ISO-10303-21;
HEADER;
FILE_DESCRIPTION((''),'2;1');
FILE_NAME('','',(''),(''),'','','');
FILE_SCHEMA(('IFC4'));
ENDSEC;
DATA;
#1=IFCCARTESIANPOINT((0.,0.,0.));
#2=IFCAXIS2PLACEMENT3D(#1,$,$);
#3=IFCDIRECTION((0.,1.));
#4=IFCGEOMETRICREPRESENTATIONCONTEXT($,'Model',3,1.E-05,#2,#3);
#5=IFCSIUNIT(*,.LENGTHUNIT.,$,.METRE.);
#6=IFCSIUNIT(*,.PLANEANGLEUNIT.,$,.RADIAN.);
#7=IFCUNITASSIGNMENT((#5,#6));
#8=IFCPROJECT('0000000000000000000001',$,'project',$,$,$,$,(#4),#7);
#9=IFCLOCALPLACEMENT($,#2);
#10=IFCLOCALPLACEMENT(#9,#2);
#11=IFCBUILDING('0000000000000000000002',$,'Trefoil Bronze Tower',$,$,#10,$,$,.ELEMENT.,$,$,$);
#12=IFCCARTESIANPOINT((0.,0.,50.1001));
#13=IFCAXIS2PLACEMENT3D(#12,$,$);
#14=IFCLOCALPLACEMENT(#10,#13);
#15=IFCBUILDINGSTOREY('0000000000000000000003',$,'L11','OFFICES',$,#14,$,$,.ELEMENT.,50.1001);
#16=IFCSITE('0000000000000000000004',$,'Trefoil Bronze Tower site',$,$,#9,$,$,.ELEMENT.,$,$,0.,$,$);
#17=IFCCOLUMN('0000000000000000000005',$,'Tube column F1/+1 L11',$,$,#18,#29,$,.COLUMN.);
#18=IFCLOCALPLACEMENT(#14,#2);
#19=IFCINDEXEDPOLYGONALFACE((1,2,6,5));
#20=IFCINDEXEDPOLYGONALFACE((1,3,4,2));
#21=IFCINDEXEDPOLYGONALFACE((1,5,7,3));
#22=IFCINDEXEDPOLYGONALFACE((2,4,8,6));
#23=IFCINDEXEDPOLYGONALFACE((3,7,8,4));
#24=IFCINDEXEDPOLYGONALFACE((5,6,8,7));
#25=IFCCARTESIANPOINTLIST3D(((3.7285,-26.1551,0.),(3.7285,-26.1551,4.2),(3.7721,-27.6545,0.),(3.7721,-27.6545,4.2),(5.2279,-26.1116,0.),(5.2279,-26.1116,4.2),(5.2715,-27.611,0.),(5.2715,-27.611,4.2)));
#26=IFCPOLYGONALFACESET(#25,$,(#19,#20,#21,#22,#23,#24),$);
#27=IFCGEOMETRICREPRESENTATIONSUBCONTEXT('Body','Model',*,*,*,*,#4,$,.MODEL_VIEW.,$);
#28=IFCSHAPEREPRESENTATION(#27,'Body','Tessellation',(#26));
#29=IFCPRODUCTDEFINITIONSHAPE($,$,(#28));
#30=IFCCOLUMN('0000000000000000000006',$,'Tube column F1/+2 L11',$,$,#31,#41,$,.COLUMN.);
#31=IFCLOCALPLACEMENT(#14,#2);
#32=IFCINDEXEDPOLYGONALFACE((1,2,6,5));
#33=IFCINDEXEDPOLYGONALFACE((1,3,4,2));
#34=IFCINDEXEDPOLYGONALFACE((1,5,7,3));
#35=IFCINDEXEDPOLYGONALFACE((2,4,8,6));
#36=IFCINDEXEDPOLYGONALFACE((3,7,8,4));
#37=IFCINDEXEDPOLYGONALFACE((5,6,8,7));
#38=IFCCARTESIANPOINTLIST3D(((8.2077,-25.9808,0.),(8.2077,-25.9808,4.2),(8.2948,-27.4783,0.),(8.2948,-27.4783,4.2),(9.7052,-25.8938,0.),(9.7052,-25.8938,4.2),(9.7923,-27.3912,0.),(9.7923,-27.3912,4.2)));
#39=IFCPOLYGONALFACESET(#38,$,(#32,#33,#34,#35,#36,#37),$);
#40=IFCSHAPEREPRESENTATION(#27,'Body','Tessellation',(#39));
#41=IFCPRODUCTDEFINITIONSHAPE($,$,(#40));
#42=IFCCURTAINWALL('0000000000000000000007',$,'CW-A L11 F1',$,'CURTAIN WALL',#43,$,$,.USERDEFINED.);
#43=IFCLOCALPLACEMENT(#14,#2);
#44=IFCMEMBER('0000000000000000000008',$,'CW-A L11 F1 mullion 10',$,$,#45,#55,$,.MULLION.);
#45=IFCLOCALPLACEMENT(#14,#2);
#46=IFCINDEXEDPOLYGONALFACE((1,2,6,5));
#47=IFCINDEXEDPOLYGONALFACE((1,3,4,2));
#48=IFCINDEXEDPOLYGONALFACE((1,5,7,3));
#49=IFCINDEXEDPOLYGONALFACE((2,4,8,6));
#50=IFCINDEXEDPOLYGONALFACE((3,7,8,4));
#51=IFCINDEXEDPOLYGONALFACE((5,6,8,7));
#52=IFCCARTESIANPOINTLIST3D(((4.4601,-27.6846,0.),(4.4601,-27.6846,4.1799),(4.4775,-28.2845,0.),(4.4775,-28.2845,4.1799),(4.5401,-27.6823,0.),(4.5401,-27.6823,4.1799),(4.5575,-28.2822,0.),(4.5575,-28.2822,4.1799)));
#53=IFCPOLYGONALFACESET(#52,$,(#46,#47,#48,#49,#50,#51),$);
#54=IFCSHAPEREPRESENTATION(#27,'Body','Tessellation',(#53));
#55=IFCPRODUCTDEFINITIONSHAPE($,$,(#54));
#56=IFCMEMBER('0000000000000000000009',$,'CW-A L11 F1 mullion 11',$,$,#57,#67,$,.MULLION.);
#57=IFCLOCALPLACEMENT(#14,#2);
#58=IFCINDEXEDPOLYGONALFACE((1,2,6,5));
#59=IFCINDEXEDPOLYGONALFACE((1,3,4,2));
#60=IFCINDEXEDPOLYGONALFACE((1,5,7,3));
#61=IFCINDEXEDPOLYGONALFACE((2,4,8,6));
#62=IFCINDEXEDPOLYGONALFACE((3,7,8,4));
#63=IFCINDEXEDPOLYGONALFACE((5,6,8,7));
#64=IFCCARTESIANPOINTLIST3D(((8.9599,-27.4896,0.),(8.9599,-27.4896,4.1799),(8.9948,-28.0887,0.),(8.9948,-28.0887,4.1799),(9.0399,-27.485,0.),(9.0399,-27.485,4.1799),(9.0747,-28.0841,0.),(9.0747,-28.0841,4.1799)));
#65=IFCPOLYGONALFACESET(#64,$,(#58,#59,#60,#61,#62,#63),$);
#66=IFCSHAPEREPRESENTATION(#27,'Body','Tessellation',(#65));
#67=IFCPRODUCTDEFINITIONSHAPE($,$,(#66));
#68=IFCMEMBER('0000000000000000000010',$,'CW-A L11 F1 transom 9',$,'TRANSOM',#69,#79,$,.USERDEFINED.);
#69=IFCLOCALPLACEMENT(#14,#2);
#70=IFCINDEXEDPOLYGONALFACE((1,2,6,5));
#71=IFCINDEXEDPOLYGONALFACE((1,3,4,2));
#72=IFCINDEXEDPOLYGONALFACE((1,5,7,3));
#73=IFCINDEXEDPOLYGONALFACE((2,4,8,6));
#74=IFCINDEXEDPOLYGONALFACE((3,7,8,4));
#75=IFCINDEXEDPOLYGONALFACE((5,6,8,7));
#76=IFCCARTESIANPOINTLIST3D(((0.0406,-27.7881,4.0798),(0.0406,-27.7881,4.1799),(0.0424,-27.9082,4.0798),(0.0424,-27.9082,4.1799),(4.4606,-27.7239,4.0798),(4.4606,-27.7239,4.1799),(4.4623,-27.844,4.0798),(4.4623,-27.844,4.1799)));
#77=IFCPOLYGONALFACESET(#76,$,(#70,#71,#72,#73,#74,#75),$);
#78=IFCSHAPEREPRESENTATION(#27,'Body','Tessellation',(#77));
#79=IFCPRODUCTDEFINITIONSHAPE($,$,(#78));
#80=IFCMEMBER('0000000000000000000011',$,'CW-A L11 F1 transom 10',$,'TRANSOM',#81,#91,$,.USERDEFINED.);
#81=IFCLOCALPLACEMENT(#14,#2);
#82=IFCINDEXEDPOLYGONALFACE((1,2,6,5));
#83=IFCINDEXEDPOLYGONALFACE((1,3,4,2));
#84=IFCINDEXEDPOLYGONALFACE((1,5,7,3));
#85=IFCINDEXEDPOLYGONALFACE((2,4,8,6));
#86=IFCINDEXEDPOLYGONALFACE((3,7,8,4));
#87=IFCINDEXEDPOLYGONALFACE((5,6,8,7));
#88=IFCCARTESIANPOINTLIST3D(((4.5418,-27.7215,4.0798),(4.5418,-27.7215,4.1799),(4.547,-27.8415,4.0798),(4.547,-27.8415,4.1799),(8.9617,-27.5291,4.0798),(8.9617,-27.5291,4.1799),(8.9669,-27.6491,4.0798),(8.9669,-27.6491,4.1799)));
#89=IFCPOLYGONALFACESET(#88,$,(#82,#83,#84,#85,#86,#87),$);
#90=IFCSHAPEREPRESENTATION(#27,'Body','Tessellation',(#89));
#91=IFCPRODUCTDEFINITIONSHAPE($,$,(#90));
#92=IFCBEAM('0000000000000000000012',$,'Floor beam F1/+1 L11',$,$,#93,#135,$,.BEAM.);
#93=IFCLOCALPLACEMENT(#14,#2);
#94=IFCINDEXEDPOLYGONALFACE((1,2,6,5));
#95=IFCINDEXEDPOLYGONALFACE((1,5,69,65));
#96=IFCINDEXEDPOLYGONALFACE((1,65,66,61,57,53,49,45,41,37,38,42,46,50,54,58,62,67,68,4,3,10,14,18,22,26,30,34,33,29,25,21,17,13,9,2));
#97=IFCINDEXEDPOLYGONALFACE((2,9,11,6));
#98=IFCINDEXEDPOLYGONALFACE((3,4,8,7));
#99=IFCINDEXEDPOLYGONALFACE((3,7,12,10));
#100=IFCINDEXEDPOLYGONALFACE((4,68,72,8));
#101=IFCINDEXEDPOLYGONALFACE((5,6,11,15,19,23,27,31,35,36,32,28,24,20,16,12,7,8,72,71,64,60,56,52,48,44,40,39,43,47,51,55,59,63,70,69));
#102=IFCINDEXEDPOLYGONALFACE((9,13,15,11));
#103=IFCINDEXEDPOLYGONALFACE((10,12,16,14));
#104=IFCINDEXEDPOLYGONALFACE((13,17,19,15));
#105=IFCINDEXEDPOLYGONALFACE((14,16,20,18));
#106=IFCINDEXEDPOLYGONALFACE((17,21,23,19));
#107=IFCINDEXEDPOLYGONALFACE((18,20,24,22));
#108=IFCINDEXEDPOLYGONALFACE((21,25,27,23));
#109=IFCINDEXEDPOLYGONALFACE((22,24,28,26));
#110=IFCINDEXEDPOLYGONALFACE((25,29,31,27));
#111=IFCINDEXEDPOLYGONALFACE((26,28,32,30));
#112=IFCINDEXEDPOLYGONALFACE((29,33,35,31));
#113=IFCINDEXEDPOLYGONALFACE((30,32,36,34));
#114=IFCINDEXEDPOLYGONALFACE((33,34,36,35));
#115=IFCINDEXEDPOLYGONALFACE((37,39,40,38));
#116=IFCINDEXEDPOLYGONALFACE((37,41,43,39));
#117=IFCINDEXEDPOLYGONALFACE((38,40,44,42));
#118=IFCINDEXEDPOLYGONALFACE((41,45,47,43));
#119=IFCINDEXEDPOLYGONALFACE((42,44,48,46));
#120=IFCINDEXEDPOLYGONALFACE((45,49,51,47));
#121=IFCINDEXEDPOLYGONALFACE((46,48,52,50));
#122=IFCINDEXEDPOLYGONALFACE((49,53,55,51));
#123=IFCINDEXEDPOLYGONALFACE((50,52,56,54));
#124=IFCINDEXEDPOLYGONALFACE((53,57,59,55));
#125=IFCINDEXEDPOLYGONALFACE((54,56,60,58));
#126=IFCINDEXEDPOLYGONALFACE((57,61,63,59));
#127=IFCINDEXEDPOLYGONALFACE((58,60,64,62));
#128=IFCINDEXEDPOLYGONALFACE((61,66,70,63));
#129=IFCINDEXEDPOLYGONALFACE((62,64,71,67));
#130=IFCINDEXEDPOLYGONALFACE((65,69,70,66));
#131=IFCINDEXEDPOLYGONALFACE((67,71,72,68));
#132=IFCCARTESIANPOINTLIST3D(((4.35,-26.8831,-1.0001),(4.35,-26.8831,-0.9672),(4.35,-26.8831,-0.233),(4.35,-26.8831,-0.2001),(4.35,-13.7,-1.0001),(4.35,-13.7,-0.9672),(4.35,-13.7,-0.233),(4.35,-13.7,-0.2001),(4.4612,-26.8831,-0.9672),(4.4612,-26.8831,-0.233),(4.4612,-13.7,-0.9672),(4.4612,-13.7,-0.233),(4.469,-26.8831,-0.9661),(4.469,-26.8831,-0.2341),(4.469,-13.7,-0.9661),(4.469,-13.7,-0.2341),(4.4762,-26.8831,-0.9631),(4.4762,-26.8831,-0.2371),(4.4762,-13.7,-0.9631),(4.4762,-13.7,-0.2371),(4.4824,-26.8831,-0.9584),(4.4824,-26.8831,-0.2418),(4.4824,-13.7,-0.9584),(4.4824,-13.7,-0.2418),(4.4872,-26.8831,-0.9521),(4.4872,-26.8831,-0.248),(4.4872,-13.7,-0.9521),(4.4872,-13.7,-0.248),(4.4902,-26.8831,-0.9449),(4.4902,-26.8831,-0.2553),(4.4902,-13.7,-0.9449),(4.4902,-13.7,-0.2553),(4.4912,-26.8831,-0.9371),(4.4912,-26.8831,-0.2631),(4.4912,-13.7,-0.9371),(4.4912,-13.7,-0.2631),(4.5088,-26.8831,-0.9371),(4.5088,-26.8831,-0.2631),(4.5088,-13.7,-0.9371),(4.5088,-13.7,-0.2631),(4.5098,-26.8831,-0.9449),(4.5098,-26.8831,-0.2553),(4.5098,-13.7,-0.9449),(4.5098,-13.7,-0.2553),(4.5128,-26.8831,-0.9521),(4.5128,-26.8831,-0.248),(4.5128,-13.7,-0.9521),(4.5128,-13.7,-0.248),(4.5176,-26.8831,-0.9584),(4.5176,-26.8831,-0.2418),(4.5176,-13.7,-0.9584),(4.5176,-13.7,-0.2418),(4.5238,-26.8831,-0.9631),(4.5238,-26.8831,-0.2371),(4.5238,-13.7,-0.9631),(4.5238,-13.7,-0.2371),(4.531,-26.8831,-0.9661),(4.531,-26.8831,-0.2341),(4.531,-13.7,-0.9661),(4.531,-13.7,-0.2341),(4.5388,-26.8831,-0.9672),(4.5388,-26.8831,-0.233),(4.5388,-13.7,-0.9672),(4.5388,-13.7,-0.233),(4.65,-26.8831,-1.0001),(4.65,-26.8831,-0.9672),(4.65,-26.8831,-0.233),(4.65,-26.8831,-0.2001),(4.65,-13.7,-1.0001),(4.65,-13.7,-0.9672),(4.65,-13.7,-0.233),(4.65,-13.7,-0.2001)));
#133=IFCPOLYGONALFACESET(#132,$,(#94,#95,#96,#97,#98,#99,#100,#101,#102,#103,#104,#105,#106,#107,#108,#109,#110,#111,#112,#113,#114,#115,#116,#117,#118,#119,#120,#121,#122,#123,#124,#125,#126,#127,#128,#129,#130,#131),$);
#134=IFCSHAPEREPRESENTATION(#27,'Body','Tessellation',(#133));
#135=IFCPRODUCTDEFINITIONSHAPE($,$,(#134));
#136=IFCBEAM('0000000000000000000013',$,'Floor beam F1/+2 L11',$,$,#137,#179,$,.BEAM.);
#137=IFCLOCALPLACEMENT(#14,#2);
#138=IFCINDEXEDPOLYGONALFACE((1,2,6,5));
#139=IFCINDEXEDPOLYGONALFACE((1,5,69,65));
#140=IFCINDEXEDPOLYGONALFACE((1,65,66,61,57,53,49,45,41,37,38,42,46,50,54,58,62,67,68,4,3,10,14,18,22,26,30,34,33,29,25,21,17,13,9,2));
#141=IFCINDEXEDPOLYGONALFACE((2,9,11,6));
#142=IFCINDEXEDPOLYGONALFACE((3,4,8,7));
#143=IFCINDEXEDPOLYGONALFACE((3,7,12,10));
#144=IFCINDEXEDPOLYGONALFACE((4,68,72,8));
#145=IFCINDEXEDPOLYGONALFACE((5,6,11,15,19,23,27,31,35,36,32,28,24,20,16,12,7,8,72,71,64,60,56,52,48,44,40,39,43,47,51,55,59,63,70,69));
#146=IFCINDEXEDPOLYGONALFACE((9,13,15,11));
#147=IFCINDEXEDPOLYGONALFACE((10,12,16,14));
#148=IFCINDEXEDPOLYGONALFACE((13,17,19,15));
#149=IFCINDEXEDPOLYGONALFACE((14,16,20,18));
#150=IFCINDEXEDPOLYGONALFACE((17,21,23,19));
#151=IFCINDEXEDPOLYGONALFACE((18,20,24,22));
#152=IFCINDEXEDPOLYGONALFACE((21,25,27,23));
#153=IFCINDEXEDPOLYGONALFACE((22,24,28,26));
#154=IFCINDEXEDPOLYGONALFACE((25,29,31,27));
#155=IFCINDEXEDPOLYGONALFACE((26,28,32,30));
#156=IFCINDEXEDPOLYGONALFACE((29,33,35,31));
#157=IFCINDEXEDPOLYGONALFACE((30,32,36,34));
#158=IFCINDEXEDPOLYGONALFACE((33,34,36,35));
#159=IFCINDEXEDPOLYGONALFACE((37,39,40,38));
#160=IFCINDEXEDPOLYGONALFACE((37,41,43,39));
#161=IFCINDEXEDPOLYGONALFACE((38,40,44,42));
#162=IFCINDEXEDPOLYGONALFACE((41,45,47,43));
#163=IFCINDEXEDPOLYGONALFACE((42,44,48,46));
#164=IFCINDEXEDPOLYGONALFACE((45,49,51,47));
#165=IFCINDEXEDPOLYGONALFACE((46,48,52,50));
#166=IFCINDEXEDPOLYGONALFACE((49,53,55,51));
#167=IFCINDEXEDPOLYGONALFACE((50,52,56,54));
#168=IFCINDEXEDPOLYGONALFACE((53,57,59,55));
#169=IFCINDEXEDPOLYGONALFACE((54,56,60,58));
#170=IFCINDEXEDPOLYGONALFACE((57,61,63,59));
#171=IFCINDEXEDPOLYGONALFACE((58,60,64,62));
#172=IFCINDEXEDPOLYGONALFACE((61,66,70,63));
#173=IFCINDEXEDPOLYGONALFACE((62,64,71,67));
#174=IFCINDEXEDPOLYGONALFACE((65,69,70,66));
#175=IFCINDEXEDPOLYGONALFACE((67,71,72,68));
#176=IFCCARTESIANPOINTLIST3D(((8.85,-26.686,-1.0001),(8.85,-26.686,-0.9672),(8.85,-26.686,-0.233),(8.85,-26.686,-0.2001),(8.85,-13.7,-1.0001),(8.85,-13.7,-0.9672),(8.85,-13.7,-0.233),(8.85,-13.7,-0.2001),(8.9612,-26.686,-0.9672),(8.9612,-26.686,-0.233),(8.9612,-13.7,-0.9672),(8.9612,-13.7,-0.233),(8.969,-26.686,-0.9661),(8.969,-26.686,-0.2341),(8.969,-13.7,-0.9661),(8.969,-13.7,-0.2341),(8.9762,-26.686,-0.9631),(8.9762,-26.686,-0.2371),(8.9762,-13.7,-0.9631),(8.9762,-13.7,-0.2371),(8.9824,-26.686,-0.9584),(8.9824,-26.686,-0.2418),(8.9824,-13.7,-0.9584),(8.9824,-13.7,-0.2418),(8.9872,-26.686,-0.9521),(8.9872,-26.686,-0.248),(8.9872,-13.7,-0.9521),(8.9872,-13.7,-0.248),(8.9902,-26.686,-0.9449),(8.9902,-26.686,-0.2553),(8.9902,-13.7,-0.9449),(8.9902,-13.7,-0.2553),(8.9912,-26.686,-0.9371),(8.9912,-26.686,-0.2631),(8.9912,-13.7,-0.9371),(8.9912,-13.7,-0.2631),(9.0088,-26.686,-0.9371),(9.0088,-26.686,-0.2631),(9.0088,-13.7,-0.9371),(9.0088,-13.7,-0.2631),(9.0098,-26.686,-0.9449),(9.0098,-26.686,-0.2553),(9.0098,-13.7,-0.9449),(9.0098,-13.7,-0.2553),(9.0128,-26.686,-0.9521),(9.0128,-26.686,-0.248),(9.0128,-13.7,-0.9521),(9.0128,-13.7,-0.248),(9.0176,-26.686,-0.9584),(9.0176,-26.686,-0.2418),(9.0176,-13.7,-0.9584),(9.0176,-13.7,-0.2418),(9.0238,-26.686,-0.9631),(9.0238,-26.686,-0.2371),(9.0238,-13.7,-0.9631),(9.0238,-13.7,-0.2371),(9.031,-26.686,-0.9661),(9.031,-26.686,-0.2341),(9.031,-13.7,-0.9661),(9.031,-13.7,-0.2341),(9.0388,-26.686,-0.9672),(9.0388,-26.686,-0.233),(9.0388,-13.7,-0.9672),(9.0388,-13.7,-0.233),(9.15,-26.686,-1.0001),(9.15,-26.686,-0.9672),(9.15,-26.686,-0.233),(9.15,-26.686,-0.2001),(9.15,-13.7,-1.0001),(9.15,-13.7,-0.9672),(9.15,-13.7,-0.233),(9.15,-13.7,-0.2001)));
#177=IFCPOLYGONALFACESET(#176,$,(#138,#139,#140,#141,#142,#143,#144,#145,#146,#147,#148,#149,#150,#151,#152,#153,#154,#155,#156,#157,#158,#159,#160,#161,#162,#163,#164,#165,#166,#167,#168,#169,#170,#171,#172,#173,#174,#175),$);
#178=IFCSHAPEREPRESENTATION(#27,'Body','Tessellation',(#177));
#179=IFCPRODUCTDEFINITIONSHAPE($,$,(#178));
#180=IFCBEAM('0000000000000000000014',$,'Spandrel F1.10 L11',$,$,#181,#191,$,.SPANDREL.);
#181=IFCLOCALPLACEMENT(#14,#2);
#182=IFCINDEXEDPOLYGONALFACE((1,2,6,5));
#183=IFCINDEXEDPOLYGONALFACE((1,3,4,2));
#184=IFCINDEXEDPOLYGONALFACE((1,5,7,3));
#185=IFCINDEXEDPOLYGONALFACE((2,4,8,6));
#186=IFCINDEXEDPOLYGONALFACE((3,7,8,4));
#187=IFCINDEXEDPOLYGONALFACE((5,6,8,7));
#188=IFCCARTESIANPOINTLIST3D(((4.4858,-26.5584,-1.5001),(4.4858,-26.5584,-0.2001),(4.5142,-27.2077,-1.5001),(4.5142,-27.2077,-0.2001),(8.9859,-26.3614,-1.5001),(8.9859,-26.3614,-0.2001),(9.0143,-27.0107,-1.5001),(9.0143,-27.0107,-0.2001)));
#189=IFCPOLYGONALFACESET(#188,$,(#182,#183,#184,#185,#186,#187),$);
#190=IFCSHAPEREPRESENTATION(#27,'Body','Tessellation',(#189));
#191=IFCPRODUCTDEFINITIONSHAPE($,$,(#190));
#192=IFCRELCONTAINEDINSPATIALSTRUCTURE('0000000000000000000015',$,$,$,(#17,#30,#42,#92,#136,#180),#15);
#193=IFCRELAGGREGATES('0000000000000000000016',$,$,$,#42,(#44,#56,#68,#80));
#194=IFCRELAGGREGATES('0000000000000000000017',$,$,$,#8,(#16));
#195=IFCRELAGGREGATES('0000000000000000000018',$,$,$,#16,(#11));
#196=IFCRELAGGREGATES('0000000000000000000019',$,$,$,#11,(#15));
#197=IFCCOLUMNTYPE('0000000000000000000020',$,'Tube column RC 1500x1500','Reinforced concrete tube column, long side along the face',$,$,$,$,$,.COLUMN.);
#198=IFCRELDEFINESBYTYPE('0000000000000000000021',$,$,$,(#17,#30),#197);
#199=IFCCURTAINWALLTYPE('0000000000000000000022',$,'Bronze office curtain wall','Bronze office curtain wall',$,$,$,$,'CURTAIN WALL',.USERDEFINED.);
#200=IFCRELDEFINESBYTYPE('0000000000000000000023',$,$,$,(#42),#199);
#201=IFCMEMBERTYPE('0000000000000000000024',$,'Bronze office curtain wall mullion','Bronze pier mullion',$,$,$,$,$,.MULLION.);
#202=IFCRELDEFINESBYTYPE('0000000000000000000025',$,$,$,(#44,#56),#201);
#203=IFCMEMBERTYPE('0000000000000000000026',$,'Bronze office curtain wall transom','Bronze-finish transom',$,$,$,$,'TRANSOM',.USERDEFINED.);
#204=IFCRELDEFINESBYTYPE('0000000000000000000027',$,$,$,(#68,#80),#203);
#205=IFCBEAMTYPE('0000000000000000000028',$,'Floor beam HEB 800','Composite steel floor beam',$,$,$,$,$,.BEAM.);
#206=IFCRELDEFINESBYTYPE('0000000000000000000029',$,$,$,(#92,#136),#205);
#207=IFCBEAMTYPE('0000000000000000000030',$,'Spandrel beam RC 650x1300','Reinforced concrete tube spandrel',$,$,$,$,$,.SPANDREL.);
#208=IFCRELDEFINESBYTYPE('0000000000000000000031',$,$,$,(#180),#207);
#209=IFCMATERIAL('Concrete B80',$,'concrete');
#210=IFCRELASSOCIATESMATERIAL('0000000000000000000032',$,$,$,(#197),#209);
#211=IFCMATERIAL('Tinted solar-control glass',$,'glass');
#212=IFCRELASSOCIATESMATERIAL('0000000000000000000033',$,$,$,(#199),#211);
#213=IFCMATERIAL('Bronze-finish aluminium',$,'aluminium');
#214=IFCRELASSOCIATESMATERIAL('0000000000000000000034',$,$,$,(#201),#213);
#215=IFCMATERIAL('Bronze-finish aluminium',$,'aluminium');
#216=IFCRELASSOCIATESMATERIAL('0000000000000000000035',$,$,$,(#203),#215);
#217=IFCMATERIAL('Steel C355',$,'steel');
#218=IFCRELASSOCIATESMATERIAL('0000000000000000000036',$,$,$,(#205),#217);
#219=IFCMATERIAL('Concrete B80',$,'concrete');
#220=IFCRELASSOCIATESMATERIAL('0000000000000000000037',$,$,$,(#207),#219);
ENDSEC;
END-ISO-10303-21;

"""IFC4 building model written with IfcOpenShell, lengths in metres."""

from ifc_helpers import new_model, si_unit, direction, frame, origin, origin_2d, place, context, subcontext, project, spatial, rectangle, i_section, extrude, material, material_profile, profile_set, type_object, element, aggregate, save


model = new_model("IFC4")

# Units and contexts
model_context = context("Model", 3, precision=1e-05, world=origin(), true_north=direction((0.0, 1.0)))
body_context = subcontext(model_context, "Body", "Model", "MODEL_VIEW")
ifc_project = project(units=[si_unit("LENGTHUNIT", "METRE"), si_unit("PLANEANGLEUNIT", "RADIAN")], contexts=[model_context])

# Site, building, storey
site_placement = place(None, origin())
site = spatial("IfcSite", under=ifc_project, at=site_placement, Name="Trefoil Bronze Tower site", CompositionType="ELEMENT", RefElevation=0.0)
building_placement = place(site_placement, origin())
building = spatial("IfcBuilding", under=site, at=building_placement, Name="Trefoil Bronze Tower", CompositionType="ELEMENT")
storey_placement = place(building_placement, frame((0.0, 0.0, 50.1001)))
storey = spatial("IfcBuildingStorey", under=building, at=storey_placement, Name="L11", Description="OFFICES", CompositionType="ELEMENT", Elevation=50.1001)

# Columns
ifc_material_1 = material(Name="Concrete B80", Category="concrete")
ifc_material_profile_1 = material_profile(ifc_material_1, rectangle(XDim=1.5, YDim=1.5, at=origin_2d()), Name="RC 1500x1500")
ifc_profile_set_1 = profile_set([ifc_material_profile_1], Name="Concrete B80")
column_type = type_object("IfcColumnType", Name="Tube column RC 1500x1500", Description="Reinforced concrete tube column, long side along the face", PredefinedType="COLUMN", material=ifc_profile_set_1)
for number, where, z_axis, x_axis, name in (
    (1, (4.5, -26.8831, 0.0), (0.0, 0.0, 1.0), (0.999579, 0.029022, 0.0), "Tube column F1/+1 L11"),
    (2, (9.0, -26.686, 0.0), (0.0, 0.0, 1.0), (0.998314, 0.058043, 0.0), "Tube column F1/+2 L11"),
):
    element("IfcColumn", number, at=place(storey_placement, frame(where, z_axis=z_axis, x_axis=x_axis)), inside=storey, type_object=column_type, Name=name, PredefinedType="COLUMN", context=body_context, shape_type="SweptSolid", body=[
        extrude(rectangle(XDim=1.5, YDim=1.5, at=origin_2d()), origin(), (0.0, 0.0, 1.0), 4.2),
    ])

# Curtain wall, members
ifc_material_2 = material(Name="Tinted solar-control glass", Category="glass")
curtain_wall_type = type_object("IfcCurtainWallType", Name="Bronze office curtain wall", Description="Bronze office curtain wall", ElementType="CURTAIN WALL", PredefinedType="USERDEFINED", material=ifc_material_2)
curtain_wall_placement = place(storey_placement, origin())
curtain_wall = element("IfcCurtainWall", 3, at=curtain_wall_placement, inside=storey, type_object=curtain_wall_type, Name="CW-A L11 F1", ObjectType="CURTAIN WALL", PredefinedType="USERDEFINED")
ifc_material_3 = material(Name="Bronze-finish aluminium", Category="aluminium")
ifc_material_profile_2 = material_profile(ifc_material_3, rectangle(XDim=0.6001, YDim=0.0801, at=origin_2d()), Name="CW-A mullion")
ifc_profile_set_2 = profile_set([ifc_material_profile_2], Name="Bronze-finish aluminium")
member_type_1 = type_object("IfcMemberType", Name="Bronze office curtain wall mullion", Description="Bronze pier mullion", PredefinedType="MULLION", material=ifc_profile_set_2)
member_1_placement = place(storey_placement, frame((4.5088, -27.9834, 0.0), z_axis=(0.0, 0.0, 1.0), x_axis=(-0.029022, 0.999579, 0.0)))
member_1 = element("IfcMember", 4, at=member_1_placement, type_object=member_type_1, Name="CW-A L11 F1 mullion 10", PredefinedType="MULLION", context=body_context, shape_type="SweptSolid", body=[
    extrude(rectangle(XDim=0.6001, YDim=0.0801, at=origin_2d()), origin(), (0.0, 0.0, 1.0), 4.1799),
])
member_2_placement = place(storey_placement, frame((9.0173, -27.7869, 0.0), z_axis=(0.0, 0.0, 1.0), x_axis=(-0.058043, 0.998314, 0.0)))
member_2 = element("IfcMember", 5, at=member_2_placement, type_object=member_type_1, Name="CW-A L11 F1 mullion 11", PredefinedType="MULLION", context=body_context, shape_type="SweptSolid", body=[
    extrude(rectangle(XDim=0.6001, YDim=0.0801, at=origin_2d()), origin(), (0.0, 0.0, 1.0), 4.1799),
])
ifc_material_4 = material(Name="Bronze-finish aluminium", Category="aluminium")
ifc_material_profile_3 = material_profile(ifc_material_4, rectangle(XDim=0.1201, YDim=0.1001, at=origin_2d()), Name="CW-A transom")
ifc_profile_set_3 = profile_set([ifc_material_profile_3], Name="Bronze-finish aluminium")
member_type_2 = type_object("IfcMemberType", Name="Bronze office curtain wall transom", Description="Bronze-finish transom", ElementType="TRANSOM", PredefinedType="USERDEFINED", material=ifc_profile_set_3)
member_3_placement = place(storey_placement, frame((0.0415, -27.8481, 4.1299), z_axis=(0.999894, 0.014526, 0.0), x_axis=(-0.014526, 0.999894, 0.0)))
member_3 = element("IfcMember", 6, at=member_3_placement, type_object=member_type_2, Name="CW-A L11 F1 transom 9", ObjectType="TRANSOM", PredefinedType="USERDEFINED", context=body_context, shape_type="SweptSolid", body=[
    extrude(rectangle(XDim=0.1201, YDim=0.1001, at=origin_2d()), origin(), (0.0, 0.0, 1.0), 4.4204),
])
member_4_placement = place(storey_placement, frame((4.5444, -27.7815, 4.1299), z_axis=(0.999054, 0.043485, 0.0), x_axis=(-0.043485, 0.999054, 0.0)))
member_4 = element("IfcMember", 7, at=member_4_placement, type_object=member_type_2, Name="CW-A L11 F1 transom 10", ObjectType="TRANSOM", PredefinedType="USERDEFINED", context=body_context, shape_type="SweptSolid", body=[
    extrude(rectangle(XDim=0.1201, YDim=0.1001, at=origin_2d()), origin(), (0.0, 0.0, 1.0), 4.4241),
])

# Beams
ifc_material_5 = material(Name="Steel C355", Category="steel")
ifc_material_profile_4 = material_profile(ifc_material_5, i_section(OverallWidth=0.3, OverallDepth=0.8, WebThickness=0.0176, FlangeThickness=0.033, FilletRadius=0.03, at=origin_2d()), Name="HEB 800")
ifc_profile_set_4 = profile_set([ifc_material_profile_4], Name="Steel C355")
beam_type_1 = type_object("IfcBeamType", Name="Floor beam HEB 800", Description="Composite steel floor beam", PredefinedType="BEAM", material=ifc_profile_set_4)
beam_1_placement = place(storey_placement, frame((4.5, -26.8831, -0.6001), z_axis=(0.0, 1.0, 0.0), x_axis=(-1.0, 0.0, 0.0)))
element("IfcBeam", 8, at=beam_1_placement, inside=storey, type_object=beam_type_1, Name="Floor beam F1/+1 L11", PredefinedType="BEAM", context=body_context, shape_type="SweptSolid", body=[
    extrude(i_section(OverallWidth=0.3, OverallDepth=0.8, WebThickness=0.0176, FlangeThickness=0.033, FilletRadius=0.03, at=origin_2d()), origin(), (0.0, 0.0, 1.0), 13.1831),
])
beam_2_placement = place(storey_placement, frame((9.0, -26.686, -0.6001), z_axis=(0.0, 1.0, 0.0), x_axis=(-1.0, 0.0, 0.0)))
element("IfcBeam", 9, at=beam_2_placement, inside=storey, type_object=beam_type_1, Name="Floor beam F1/+2 L11", PredefinedType="BEAM", context=body_context, shape_type="SweptSolid", body=[
    extrude(i_section(OverallWidth=0.3, OverallDepth=0.8, WebThickness=0.0176, FlangeThickness=0.033, FilletRadius=0.03, at=origin_2d()), origin(), (0.0, 0.0, 1.0), 12.9861),
])
ifc_material_6 = material(Name="Concrete B80", Category="concrete")
ifc_material_profile_5 = material_profile(ifc_material_6, rectangle(XDim=0.6499, YDim=1.3, at=origin_2d()), Name="RC 650x1300")
ifc_profile_set_5 = profile_set([ifc_material_profile_5], Name="Concrete B80")
beam_type_2 = type_object("IfcBeamType", Name="Spandrel beam RC 650x1300", Description="Reinforced concrete tube spandrel", PredefinedType="SPANDREL", material=ifc_profile_set_5)
beam_3_placement = place(storey_placement, frame((4.5, -26.8831, -0.8501), z_axis=(0.999043, 0.043741, 0.0), x_axis=(-0.043741, 0.999043, 0.0)))
element("IfcBeam", 10, at=beam_3_placement, inside=storey, type_object=beam_type_2, Name="Spandrel F1.10 L11", PredefinedType="SPANDREL", context=body_context, shape_type="SweptSolid", body=[
    extrude(rectangle(XDim=0.6499, YDim=1.3, at=origin_2d()), origin(), (0.0, 0.0, 1.0), 4.5044),
])

aggregate(curtain_wall, [member_1, member_2, member_3, member_4])

save(model, "model.ifc")
